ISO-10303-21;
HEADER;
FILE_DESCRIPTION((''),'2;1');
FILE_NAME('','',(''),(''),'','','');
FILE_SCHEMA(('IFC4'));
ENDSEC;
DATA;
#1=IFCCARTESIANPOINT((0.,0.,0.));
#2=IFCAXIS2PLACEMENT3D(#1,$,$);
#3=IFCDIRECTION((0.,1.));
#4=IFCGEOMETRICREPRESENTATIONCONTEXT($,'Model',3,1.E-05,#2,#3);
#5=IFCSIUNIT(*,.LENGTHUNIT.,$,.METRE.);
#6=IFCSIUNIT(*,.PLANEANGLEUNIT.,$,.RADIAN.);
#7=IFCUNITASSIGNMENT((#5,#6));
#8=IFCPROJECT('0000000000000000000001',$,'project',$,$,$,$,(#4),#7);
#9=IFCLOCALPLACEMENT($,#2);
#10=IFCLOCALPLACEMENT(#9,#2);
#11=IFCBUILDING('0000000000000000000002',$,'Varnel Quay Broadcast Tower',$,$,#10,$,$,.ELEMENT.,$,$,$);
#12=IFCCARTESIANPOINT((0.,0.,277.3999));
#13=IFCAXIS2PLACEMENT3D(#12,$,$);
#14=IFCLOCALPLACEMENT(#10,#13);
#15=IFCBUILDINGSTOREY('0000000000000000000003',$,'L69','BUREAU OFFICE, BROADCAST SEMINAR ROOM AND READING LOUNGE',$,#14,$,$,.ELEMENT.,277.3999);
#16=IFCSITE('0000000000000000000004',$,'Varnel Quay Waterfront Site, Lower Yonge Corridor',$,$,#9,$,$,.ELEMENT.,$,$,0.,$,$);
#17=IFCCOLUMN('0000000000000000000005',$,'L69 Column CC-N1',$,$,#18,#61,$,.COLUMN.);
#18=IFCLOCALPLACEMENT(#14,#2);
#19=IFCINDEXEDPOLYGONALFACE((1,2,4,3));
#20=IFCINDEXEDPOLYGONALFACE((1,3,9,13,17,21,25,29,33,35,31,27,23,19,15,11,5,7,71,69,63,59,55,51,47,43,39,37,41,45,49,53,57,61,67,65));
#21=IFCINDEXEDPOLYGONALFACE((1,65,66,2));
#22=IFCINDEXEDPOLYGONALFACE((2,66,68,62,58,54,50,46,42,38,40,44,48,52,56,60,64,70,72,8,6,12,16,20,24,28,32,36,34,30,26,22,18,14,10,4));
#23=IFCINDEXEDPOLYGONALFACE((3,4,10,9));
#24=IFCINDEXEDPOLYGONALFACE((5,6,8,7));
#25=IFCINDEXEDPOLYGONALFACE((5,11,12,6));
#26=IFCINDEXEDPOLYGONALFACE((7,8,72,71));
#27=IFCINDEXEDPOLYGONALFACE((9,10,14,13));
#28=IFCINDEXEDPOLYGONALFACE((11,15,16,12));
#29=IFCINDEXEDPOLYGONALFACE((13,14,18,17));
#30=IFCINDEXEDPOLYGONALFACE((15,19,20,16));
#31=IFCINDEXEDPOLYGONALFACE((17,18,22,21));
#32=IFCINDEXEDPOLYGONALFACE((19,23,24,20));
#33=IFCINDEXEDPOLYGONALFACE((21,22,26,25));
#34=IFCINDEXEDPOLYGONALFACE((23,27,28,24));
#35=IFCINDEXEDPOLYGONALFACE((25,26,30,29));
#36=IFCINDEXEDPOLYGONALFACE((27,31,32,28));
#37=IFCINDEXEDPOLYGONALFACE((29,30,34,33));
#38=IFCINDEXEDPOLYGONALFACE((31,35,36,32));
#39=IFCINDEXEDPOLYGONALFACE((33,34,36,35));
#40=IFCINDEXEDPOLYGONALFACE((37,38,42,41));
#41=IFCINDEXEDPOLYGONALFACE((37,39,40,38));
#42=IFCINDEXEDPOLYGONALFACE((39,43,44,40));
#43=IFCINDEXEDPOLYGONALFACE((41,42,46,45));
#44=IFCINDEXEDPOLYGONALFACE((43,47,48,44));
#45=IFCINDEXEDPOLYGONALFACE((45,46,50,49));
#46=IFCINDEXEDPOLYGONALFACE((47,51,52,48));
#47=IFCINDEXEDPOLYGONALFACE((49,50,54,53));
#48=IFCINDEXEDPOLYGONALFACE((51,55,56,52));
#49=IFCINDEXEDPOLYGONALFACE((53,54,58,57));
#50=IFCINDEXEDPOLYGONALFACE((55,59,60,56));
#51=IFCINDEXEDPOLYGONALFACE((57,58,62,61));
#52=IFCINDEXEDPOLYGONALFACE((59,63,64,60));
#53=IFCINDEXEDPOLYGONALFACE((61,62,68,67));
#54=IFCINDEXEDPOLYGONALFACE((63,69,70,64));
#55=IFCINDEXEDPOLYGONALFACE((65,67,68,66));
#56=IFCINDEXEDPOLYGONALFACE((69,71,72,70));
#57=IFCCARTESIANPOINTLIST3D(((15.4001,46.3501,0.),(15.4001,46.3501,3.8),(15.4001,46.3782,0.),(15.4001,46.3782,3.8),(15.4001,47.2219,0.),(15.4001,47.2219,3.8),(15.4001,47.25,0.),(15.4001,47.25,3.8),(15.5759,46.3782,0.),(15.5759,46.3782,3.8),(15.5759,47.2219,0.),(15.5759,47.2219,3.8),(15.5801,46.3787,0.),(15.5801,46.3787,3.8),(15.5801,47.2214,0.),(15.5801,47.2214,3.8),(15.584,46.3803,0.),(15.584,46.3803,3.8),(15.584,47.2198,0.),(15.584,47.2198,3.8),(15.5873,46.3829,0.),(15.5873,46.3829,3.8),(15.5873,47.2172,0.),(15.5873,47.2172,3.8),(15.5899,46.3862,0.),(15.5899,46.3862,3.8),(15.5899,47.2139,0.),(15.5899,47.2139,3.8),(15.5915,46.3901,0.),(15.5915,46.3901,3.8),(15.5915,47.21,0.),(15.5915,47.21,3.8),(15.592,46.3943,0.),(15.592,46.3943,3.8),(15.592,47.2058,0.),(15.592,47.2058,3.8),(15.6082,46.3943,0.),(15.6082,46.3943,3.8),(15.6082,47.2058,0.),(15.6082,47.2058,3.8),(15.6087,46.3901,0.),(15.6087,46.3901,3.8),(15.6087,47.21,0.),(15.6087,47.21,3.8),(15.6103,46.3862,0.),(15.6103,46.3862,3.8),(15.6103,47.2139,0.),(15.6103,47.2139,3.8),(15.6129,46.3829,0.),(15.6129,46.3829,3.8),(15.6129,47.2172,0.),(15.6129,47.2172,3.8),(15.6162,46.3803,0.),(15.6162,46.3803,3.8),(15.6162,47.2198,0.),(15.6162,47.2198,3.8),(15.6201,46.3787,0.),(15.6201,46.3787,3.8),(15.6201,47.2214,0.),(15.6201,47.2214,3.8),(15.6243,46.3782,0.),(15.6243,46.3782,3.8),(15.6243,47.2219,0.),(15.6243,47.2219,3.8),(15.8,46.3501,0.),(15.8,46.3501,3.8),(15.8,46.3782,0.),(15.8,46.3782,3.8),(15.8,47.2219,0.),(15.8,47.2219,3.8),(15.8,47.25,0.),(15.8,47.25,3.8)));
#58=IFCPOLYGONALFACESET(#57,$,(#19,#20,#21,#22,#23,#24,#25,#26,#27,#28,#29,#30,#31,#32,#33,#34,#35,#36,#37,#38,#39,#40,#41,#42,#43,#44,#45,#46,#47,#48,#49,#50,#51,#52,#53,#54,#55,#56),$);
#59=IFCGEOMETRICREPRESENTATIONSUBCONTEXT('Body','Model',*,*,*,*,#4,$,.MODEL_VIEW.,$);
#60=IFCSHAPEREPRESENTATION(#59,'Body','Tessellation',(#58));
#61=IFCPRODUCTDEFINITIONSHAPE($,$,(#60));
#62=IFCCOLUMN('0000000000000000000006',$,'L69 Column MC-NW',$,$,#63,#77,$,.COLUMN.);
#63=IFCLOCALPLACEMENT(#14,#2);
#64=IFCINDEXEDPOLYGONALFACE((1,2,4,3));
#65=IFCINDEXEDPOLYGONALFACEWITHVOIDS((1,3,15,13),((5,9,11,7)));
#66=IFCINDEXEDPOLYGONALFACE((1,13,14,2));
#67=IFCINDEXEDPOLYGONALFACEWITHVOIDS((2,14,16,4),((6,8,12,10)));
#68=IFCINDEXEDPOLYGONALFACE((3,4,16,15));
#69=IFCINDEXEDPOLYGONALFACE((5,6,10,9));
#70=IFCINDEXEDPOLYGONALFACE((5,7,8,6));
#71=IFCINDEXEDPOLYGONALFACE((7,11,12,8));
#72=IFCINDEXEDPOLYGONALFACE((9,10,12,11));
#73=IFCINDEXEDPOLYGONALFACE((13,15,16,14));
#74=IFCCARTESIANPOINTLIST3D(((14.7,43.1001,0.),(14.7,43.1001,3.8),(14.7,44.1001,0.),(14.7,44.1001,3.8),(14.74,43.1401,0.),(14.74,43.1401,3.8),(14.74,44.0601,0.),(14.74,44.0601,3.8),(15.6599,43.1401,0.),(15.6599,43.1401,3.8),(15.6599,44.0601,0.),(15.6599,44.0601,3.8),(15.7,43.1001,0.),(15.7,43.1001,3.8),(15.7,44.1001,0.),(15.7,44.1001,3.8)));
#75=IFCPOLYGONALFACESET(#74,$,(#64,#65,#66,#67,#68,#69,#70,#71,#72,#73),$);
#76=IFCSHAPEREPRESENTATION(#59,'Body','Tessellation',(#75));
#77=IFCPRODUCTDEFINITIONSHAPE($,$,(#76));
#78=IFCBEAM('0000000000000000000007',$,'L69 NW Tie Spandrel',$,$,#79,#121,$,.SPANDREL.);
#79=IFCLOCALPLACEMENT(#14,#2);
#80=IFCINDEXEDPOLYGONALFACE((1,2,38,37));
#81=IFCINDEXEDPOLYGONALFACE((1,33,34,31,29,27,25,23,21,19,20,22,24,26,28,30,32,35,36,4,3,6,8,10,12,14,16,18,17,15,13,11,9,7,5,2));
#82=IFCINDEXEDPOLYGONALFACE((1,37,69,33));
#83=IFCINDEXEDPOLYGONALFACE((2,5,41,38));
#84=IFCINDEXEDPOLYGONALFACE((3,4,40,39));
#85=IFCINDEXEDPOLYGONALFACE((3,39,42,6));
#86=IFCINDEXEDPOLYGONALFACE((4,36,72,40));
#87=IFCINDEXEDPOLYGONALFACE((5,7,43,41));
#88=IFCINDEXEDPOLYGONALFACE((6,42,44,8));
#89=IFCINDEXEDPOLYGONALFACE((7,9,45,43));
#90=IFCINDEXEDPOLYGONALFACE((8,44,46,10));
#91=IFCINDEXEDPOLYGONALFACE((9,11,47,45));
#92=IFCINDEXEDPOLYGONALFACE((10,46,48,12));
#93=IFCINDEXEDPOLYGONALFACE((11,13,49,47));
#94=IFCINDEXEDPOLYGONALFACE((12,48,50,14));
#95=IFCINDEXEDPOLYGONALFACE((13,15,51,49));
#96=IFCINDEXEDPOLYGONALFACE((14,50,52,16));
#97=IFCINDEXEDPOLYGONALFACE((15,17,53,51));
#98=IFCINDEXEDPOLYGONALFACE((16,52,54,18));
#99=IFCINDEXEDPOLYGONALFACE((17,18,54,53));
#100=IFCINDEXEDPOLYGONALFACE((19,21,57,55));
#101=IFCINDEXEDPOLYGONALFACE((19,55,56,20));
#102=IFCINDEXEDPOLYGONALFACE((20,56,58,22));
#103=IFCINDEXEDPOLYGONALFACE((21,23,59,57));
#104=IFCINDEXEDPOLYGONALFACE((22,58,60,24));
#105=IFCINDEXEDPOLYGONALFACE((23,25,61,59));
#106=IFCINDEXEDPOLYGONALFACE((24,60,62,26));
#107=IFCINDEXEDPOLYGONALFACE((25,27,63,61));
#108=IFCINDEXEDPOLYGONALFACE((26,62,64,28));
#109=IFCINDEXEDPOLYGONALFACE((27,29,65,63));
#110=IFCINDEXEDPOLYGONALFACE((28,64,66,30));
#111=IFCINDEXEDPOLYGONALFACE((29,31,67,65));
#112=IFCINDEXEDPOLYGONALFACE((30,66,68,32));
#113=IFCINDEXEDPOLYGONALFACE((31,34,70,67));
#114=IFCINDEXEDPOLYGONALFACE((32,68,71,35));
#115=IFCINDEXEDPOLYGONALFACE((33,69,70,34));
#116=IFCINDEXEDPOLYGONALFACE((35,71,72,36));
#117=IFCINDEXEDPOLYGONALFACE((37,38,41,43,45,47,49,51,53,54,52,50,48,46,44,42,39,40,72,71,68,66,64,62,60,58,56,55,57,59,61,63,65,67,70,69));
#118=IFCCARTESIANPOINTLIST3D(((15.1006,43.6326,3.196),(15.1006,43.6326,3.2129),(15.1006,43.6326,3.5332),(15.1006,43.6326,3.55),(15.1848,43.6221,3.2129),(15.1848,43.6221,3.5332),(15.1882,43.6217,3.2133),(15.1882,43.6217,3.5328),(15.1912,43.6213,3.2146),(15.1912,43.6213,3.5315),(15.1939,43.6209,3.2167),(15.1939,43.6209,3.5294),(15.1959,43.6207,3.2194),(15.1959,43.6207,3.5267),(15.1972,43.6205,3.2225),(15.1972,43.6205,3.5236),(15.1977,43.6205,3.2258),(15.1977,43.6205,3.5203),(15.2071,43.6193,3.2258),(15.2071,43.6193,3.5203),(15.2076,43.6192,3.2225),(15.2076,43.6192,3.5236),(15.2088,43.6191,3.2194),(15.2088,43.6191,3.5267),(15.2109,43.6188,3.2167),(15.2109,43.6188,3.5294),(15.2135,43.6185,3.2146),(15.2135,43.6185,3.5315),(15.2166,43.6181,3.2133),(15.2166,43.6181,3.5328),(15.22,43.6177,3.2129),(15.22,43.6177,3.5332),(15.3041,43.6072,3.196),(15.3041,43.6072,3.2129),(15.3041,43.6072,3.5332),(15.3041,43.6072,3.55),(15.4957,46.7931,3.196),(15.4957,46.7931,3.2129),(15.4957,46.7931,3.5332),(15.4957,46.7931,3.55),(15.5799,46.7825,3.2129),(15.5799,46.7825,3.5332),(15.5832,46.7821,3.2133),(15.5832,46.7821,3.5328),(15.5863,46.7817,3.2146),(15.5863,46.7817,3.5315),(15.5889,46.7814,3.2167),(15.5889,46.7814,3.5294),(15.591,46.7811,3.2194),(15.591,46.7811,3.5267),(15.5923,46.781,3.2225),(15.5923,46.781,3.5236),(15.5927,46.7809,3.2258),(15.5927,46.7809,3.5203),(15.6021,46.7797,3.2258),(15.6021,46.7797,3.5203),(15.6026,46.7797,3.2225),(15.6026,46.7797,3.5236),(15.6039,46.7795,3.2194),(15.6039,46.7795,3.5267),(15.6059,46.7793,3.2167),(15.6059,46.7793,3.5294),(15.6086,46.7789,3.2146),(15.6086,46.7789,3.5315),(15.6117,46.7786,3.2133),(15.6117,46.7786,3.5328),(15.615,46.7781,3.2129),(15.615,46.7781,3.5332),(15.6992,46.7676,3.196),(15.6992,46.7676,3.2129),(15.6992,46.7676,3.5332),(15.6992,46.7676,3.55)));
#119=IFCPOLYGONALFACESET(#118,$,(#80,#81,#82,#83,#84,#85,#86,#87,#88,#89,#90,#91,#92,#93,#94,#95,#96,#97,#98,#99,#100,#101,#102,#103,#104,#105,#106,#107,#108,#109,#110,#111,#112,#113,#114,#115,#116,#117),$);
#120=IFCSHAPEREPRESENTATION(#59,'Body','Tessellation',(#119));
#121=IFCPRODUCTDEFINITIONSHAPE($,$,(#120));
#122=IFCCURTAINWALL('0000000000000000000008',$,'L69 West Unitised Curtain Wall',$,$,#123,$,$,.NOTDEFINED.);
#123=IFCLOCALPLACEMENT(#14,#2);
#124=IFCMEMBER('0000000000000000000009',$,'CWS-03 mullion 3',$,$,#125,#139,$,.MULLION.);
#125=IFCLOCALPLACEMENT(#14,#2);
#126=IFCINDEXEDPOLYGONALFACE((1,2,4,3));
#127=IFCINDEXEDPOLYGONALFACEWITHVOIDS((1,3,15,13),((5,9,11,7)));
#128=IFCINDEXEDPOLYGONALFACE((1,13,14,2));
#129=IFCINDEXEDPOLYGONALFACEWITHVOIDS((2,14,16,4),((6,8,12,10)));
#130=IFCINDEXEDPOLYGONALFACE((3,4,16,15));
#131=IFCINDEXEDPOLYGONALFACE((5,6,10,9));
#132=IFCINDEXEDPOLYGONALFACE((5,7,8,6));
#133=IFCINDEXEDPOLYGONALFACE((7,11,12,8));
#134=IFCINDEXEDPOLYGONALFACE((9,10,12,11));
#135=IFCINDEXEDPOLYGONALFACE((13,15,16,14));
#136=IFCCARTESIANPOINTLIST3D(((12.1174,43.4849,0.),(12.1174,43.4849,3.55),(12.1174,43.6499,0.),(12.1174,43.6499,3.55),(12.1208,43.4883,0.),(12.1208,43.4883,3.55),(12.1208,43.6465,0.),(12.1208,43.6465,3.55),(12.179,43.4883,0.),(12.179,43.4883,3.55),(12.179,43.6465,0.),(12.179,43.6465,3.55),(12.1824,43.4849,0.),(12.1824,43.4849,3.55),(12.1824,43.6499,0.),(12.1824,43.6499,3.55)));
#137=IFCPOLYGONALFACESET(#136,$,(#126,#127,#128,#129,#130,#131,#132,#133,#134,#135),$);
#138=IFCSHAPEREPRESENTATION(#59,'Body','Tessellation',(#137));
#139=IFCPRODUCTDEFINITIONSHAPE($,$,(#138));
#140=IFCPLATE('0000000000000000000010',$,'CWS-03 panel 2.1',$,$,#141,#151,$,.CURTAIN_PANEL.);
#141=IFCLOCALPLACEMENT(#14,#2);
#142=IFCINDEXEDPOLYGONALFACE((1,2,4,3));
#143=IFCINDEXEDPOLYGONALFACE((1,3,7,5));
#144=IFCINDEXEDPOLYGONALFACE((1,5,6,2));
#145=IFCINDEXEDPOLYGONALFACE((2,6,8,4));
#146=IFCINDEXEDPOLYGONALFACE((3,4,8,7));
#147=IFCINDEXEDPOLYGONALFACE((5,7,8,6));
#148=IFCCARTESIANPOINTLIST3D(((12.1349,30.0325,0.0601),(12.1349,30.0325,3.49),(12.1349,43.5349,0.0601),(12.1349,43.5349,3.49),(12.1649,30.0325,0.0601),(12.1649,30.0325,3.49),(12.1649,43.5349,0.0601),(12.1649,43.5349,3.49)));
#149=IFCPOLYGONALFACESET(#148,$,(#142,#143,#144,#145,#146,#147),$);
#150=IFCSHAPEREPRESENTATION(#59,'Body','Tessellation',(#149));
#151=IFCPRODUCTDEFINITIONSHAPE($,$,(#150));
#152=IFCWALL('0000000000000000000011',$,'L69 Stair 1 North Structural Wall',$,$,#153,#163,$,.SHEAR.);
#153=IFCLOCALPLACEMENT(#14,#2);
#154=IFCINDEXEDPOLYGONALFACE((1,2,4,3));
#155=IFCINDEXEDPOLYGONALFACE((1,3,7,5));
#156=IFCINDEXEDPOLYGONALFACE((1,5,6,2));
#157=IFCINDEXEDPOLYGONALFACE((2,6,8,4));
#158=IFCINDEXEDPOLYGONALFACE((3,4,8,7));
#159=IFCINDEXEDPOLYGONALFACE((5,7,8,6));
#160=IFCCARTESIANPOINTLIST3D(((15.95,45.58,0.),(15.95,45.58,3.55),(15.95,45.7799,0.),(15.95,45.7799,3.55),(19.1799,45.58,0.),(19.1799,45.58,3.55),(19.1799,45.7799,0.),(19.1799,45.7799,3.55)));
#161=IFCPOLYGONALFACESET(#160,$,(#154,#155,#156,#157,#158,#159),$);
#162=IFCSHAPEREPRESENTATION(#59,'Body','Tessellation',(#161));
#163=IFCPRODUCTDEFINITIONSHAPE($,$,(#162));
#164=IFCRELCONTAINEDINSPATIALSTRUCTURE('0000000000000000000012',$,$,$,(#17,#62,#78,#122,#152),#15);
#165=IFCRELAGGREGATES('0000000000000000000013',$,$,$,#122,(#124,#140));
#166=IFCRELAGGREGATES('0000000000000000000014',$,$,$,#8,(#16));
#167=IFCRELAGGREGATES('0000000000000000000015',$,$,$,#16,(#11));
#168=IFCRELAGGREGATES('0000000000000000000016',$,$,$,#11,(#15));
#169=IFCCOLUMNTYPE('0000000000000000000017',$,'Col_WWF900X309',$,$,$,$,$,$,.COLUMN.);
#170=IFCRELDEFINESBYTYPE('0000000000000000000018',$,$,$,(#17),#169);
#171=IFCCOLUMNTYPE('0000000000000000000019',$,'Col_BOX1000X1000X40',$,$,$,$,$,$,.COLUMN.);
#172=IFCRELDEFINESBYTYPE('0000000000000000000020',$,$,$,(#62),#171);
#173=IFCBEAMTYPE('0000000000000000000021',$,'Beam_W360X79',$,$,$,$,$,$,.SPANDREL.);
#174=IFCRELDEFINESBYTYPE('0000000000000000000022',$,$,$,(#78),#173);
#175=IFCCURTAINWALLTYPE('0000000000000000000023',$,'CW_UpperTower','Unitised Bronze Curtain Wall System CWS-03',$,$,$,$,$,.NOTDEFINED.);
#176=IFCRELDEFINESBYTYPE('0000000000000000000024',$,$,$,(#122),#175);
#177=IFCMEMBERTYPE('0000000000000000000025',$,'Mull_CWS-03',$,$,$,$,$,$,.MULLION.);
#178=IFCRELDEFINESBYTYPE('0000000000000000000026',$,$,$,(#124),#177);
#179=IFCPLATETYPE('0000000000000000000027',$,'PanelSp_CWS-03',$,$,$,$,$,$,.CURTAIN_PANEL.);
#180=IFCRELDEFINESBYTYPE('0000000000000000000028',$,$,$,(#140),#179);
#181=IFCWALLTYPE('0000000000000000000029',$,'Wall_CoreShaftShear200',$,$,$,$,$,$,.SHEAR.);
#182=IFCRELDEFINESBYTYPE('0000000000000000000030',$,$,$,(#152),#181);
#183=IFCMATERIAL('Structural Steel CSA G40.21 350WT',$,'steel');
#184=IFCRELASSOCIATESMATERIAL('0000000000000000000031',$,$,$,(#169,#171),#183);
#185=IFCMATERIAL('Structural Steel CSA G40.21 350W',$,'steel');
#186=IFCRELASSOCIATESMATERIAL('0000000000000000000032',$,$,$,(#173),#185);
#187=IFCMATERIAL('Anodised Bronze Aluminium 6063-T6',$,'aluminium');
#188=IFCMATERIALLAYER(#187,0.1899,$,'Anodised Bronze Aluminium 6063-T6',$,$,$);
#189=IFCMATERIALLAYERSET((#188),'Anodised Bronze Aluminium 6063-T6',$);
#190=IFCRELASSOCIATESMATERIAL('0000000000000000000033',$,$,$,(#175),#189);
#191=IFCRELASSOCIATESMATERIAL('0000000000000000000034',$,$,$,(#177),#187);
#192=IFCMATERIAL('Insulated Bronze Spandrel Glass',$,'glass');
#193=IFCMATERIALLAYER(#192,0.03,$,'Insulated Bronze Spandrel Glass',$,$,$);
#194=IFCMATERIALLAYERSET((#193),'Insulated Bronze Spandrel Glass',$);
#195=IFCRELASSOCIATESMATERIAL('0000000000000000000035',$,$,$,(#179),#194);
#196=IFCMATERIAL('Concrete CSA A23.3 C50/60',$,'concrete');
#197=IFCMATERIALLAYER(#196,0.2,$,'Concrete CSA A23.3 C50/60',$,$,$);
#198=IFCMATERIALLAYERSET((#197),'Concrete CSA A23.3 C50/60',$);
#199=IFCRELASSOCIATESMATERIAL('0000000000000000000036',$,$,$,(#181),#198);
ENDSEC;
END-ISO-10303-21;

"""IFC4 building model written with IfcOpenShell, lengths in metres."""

from ifc_helpers import new_model, si_unit, direction, frame, frame_2d, origin, origin_2d, place, context, subcontext, project, spatial, rectangle, hollow_rectangle, i_section, extrude, source, transform, mapped, material, layer, layer_set, material_profile, profile_set, type_object, type_shapes, element, aggregate, save


model = new_model("IFC4")

# Units and contexts
model_context = context("Model", 3, precision=1e-05, world=origin(), true_north=direction((0.0, 1.0)))
body_context = subcontext(model_context, "Body", "Model", "MODEL_VIEW")
ifc_project = project(units=[si_unit("LENGTHUNIT", "METRE"), si_unit("PLANEANGLEUNIT", "RADIAN")], contexts=[model_context])

# Site, building, storey
site_placement = place(None, origin())
site = spatial("IfcSite", under=ifc_project, at=site_placement, Name="Varnel Quay Waterfront Site, Lower Yonge Corridor", CompositionType="ELEMENT", RefElevation=0.0)
building_placement = place(site_placement, origin())
building = spatial("IfcBuilding", under=site, at=building_placement, Name="Varnel Quay Broadcast Tower", CompositionType="ELEMENT")
storey_placement = place(building_placement, frame((0.0, 0.0, 277.3999)))
storey = spatial("IfcBuildingStorey", under=building, at=storey_placement, Name="L69", Description="BUREAU OFFICE, BROADCAST SEMINAR ROOM AND READING LOUNGE", CompositionType="ELEMENT", Elevation=277.3999)

# Columns
ifc_material_1 = material(Name="Structural Steel CSA G40.21 350WT", Category="steel")
ifc_material_profile_1 = material_profile(ifc_material_1, i_section(OverallWidth=0.3999, OverallDepth=0.8999, WebThickness=0.0161, FlangeThickness=0.0281, FilletRadius=0.0161, at=origin_2d()), Name="WWF900X309")
ifc_profile_set_1 = profile_set([ifc_material_profile_1], Name="Structural Steel CSA G40.21 350WT")
column_type_1 = type_object("IfcColumnType", Name="Col_WWF900X309", PredefinedType="COLUMN", material=ifc_profile_set_1)
shared_shape_1 = source(origin(), body_context, "Body", "SweptSolid", [
    extrude(i_section(OverallWidth=0.3999, OverallDepth=0.8999, WebThickness=0.0161, FlangeThickness=0.0281, FilletRadius=0.0161, at=origin_2d()), origin(), (0.0, 0.0, 1.0), 3.8),
])
type_shapes(column_type_1, [shared_shape_1])
column_1_placement = place(storey_placement, frame((15.6001, 46.8, 0.0), z_axis=(0.0, 0.0, 1.0), x_axis=(1.0, 0.0, 0.0)))
element("IfcColumn", 1, at=column_1_placement, inside=storey, type_object=column_type_1, Name="L69 Column CC-N1", PredefinedType="COLUMN", context=body_context, shape_type="MappedRepresentation", body=[
    mapped(shared_shape_1, transform((0.0, 0.0, 0.0), x_axis=(1.0, 0.0, 0.0), y_axis=(0.0, 1.0, 0.0), z_axis=(0.0, 0.0, 1.0), scale=1.0)),
])
ifc_material_profile_2 = material_profile(ifc_material_1, hollow_rectangle(XDim=1.0, YDim=1.0, WallThickness=0.04, at=origin_2d()), Name="BOX1000X1000X40")
ifc_profile_set_2 = profile_set([ifc_material_profile_2], Name="Structural Steel CSA G40.21 350WT")
column_type_2 = type_object("IfcColumnType", Name="Col_BOX1000X1000X40", PredefinedType="COLUMN", material=ifc_profile_set_2)
shared_shape_2 = source(origin(), body_context, "Body", "SweptSolid", [
    extrude(hollow_rectangle(XDim=1.0, YDim=1.0, WallThickness=0.04, at=origin_2d()), origin(), (0.0, 0.0, 1.0), 3.8),
])
type_shapes(column_type_2, [shared_shape_2])
column_2_placement = place(storey_placement, frame((15.2, 43.6001, 0.0), z_axis=(0.0, 0.0, 1.0), x_axis=(1.0, 0.0, 0.0)))
element("IfcColumn", 2, at=column_2_placement, inside=storey, type_object=column_type_2, Name="L69 Column MC-NW", PredefinedType="COLUMN", context=body_context, shape_type="MappedRepresentation", body=[
    mapped(shared_shape_2, transform((0.0, 0.0, 0.0), x_axis=(1.0, 0.0, 0.0), y_axis=(0.0, 1.0, 0.0), z_axis=(0.0, 0.0, 1.0), scale=1.0)),
])

# Beam
ifc_material_2 = material(Name="Structural Steel CSA G40.21 350W", Category="steel")
ifc_material_profile_3 = material_profile(ifc_material_2, i_section(OverallWidth=0.2051, OverallDepth=0.354, WebThickness=0.0095, FlangeThickness=0.0168, FilletRadius=0.0129, at=origin_2d()), Name="W360X79")
ifc_profile_set_3 = profile_set([ifc_material_profile_3], Name="Structural Steel CSA G40.21 350W")
beam_type = type_object("IfcBeamType", Name="Beam_W360X79", PredefinedType="SPANDREL", material=ifc_profile_set_3)
shared_shape_3 = source(origin(), body_context, "Body", "SweptSolid", [
    extrude(i_section(OverallWidth=0.2051, OverallDepth=0.354, WebThickness=0.0095, FlangeThickness=0.0168, FilletRadius=0.0129, at=origin_2d()), origin(), (0.0, 0.0, 1.0), 3.1851),
])
type_shapes(beam_type, [shared_shape_3])
beam_placement = place(storey_placement, frame((15.2024, 43.6199, 3.373), z_axis=(0.124025, 0.992279, 0.0), x_axis=(-0.992279, 0.124025, 0.0)))
element("IfcBeam", 3, at=beam_placement, inside=storey, type_object=beam_type, Name="L69 NW Tie Spandrel", PredefinedType="SPANDREL", context=body_context, shape_type="MappedRepresentation", body=[
    mapped(shared_shape_3, transform((0.0, 0.0, 0.0), x_axis=(1.0, 0.0, 0.0), y_axis=(0.0, 1.0, 0.0), z_axis=(0.0, 0.0, 1.0), scale=1.0)),
])

# Curtain wall, member, plate
ifc_material_3 = material(Name="Anodised Bronze Aluminium 6063-T6", Category="aluminium")
ifc_layer_1 = layer(ifc_material_3, 0.1899, Name="Anodised Bronze Aluminium 6063-T6")
ifc_layer_set_1 = layer_set([ifc_layer_1], Name="Anodised Bronze Aluminium 6063-T6")
curtain_wall_type = type_object("IfcCurtainWallType", Name="CW_UpperTower", Description="Unitised Bronze Curtain Wall System CWS-03", PredefinedType="NOTDEFINED", material=ifc_layer_set_1)
curtain_wall_placement = place(storey_placement, origin())
curtain_wall = element("IfcCurtainWall", 4, at=curtain_wall_placement, inside=storey, type_object=curtain_wall_type, Name="L69 West Unitised Curtain Wall", PredefinedType="NOTDEFINED")
ifc_material_profile_4 = material_profile(ifc_material_3, hollow_rectangle(XDim=0.0649, YDim=0.165, WallThickness=0.0034, at=origin_2d()), Name="ALU65X165X3.5")
ifc_profile_set_4 = profile_set([ifc_material_profile_4], Name="Anodised Bronze Aluminium 6063-T6")
member_type = type_object("IfcMemberType", Name="Mull_CWS-03", PredefinedType="MULLION", material=ifc_profile_set_4)
shared_shape_4 = source(origin(), body_context, "Body", "SweptSolid", [
    extrude(hollow_rectangle(XDim=0.0649, YDim=0.165, WallThickness=0.0034, at=origin_2d()), origin(), (0.0, 0.0, 1.0), 3.55),
])
type_shapes(member_type, [shared_shape_4])
member_placement = place(storey_placement, frame((12.1499, 43.5674, 0.0), z_axis=(0.0, 0.0, 1.0), x_axis=(-1.0, 0.0, 0.0)))
member = element("IfcMember", 5, at=member_placement, type_object=member_type, Name="CWS-03 mullion 3", PredefinedType="MULLION", context=body_context, shape_type="MappedRepresentation", body=[
    mapped(shared_shape_4, transform((0.0, 0.0, 0.0), x_axis=(1.0, 0.0, 0.0), y_axis=(0.0, 1.0, 0.0), z_axis=(0.0, 0.0, 1.0), scale=1.0)),
])
ifc_material_4 = material(Name="Insulated Bronze Spandrel Glass", Category="glass")
ifc_layer_2 = layer(ifc_material_4, 0.03, Name="Insulated Bronze Spandrel Glass")
ifc_layer_set_2 = layer_set([ifc_layer_2], Name="Insulated Bronze Spandrel Glass")
plate_type = type_object("IfcPlateType", Name="PanelSp_CWS-03", PredefinedType="CURTAIN_PANEL", material=ifc_layer_set_2)
shared_shape_5 = source(origin(), body_context, "Body", "SweptSolid", [
    extrude(rectangle(XDim=13.5024, YDim=0.03, at=origin_2d()), origin(), (0.0, 0.0, 1.0), 3.4299),
])
type_shapes(plate_type, [shared_shape_5])
plate_placement = place(storey_placement, frame((12.1499, 36.7837, 0.0601), z_axis=(0.0, 0.0, 1.0), x_axis=(0.0, 1.0, 0.0)))
plate = element("IfcPlate", 6, at=plate_placement, type_object=plate_type, Name="CWS-03 panel 2.1", PredefinedType="CURTAIN_PANEL", context=body_context, shape_type="MappedRepresentation", body=[
    mapped(shared_shape_5, transform((0.0, 0.0, 0.0), x_axis=(1.0, 0.0, 0.0), y_axis=(0.0, 1.0, 0.0), z_axis=(0.0, 0.0, 1.0), scale=1.0)),
])
aggregate(curtain_wall, [member, plate])

# Wall
ifc_material_5 = material(Name="Concrete CSA A23.3 C50/60", Category="concrete")
ifc_layer_3 = layer(ifc_material_5, 0.2, Name="Concrete CSA A23.3 C50/60")
ifc_layer_set_3 = layer_set([ifc_layer_3], Name="Concrete CSA A23.3 C50/60")
wall_type_1 = type_object("IfcWallType", Name="Wall_CoreShaftShear200", PredefinedType="SHEAR", material=ifc_layer_set_3)
wall_1_placement = place(storey_placement, frame((15.95, 45.6799, 0.0), z_axis=(0.0, 0.0, 1.0), x_axis=(1.0, 0.0, 0.0)))
element("IfcWall", 7, at=wall_1_placement, inside=storey, type_object=wall_type_1, Name="L69 Stair 1 North Structural Wall", PredefinedType="SHEAR", context=body_context, shape_type="SweptSolid", body=[
    extrude(rectangle(XDim=3.23, YDim=0.2, at=frame_2d((1.615, 0.0))), origin(), (0.0, 0.0, 1.0), 3.55),
])

save(model, "model.ifc")
